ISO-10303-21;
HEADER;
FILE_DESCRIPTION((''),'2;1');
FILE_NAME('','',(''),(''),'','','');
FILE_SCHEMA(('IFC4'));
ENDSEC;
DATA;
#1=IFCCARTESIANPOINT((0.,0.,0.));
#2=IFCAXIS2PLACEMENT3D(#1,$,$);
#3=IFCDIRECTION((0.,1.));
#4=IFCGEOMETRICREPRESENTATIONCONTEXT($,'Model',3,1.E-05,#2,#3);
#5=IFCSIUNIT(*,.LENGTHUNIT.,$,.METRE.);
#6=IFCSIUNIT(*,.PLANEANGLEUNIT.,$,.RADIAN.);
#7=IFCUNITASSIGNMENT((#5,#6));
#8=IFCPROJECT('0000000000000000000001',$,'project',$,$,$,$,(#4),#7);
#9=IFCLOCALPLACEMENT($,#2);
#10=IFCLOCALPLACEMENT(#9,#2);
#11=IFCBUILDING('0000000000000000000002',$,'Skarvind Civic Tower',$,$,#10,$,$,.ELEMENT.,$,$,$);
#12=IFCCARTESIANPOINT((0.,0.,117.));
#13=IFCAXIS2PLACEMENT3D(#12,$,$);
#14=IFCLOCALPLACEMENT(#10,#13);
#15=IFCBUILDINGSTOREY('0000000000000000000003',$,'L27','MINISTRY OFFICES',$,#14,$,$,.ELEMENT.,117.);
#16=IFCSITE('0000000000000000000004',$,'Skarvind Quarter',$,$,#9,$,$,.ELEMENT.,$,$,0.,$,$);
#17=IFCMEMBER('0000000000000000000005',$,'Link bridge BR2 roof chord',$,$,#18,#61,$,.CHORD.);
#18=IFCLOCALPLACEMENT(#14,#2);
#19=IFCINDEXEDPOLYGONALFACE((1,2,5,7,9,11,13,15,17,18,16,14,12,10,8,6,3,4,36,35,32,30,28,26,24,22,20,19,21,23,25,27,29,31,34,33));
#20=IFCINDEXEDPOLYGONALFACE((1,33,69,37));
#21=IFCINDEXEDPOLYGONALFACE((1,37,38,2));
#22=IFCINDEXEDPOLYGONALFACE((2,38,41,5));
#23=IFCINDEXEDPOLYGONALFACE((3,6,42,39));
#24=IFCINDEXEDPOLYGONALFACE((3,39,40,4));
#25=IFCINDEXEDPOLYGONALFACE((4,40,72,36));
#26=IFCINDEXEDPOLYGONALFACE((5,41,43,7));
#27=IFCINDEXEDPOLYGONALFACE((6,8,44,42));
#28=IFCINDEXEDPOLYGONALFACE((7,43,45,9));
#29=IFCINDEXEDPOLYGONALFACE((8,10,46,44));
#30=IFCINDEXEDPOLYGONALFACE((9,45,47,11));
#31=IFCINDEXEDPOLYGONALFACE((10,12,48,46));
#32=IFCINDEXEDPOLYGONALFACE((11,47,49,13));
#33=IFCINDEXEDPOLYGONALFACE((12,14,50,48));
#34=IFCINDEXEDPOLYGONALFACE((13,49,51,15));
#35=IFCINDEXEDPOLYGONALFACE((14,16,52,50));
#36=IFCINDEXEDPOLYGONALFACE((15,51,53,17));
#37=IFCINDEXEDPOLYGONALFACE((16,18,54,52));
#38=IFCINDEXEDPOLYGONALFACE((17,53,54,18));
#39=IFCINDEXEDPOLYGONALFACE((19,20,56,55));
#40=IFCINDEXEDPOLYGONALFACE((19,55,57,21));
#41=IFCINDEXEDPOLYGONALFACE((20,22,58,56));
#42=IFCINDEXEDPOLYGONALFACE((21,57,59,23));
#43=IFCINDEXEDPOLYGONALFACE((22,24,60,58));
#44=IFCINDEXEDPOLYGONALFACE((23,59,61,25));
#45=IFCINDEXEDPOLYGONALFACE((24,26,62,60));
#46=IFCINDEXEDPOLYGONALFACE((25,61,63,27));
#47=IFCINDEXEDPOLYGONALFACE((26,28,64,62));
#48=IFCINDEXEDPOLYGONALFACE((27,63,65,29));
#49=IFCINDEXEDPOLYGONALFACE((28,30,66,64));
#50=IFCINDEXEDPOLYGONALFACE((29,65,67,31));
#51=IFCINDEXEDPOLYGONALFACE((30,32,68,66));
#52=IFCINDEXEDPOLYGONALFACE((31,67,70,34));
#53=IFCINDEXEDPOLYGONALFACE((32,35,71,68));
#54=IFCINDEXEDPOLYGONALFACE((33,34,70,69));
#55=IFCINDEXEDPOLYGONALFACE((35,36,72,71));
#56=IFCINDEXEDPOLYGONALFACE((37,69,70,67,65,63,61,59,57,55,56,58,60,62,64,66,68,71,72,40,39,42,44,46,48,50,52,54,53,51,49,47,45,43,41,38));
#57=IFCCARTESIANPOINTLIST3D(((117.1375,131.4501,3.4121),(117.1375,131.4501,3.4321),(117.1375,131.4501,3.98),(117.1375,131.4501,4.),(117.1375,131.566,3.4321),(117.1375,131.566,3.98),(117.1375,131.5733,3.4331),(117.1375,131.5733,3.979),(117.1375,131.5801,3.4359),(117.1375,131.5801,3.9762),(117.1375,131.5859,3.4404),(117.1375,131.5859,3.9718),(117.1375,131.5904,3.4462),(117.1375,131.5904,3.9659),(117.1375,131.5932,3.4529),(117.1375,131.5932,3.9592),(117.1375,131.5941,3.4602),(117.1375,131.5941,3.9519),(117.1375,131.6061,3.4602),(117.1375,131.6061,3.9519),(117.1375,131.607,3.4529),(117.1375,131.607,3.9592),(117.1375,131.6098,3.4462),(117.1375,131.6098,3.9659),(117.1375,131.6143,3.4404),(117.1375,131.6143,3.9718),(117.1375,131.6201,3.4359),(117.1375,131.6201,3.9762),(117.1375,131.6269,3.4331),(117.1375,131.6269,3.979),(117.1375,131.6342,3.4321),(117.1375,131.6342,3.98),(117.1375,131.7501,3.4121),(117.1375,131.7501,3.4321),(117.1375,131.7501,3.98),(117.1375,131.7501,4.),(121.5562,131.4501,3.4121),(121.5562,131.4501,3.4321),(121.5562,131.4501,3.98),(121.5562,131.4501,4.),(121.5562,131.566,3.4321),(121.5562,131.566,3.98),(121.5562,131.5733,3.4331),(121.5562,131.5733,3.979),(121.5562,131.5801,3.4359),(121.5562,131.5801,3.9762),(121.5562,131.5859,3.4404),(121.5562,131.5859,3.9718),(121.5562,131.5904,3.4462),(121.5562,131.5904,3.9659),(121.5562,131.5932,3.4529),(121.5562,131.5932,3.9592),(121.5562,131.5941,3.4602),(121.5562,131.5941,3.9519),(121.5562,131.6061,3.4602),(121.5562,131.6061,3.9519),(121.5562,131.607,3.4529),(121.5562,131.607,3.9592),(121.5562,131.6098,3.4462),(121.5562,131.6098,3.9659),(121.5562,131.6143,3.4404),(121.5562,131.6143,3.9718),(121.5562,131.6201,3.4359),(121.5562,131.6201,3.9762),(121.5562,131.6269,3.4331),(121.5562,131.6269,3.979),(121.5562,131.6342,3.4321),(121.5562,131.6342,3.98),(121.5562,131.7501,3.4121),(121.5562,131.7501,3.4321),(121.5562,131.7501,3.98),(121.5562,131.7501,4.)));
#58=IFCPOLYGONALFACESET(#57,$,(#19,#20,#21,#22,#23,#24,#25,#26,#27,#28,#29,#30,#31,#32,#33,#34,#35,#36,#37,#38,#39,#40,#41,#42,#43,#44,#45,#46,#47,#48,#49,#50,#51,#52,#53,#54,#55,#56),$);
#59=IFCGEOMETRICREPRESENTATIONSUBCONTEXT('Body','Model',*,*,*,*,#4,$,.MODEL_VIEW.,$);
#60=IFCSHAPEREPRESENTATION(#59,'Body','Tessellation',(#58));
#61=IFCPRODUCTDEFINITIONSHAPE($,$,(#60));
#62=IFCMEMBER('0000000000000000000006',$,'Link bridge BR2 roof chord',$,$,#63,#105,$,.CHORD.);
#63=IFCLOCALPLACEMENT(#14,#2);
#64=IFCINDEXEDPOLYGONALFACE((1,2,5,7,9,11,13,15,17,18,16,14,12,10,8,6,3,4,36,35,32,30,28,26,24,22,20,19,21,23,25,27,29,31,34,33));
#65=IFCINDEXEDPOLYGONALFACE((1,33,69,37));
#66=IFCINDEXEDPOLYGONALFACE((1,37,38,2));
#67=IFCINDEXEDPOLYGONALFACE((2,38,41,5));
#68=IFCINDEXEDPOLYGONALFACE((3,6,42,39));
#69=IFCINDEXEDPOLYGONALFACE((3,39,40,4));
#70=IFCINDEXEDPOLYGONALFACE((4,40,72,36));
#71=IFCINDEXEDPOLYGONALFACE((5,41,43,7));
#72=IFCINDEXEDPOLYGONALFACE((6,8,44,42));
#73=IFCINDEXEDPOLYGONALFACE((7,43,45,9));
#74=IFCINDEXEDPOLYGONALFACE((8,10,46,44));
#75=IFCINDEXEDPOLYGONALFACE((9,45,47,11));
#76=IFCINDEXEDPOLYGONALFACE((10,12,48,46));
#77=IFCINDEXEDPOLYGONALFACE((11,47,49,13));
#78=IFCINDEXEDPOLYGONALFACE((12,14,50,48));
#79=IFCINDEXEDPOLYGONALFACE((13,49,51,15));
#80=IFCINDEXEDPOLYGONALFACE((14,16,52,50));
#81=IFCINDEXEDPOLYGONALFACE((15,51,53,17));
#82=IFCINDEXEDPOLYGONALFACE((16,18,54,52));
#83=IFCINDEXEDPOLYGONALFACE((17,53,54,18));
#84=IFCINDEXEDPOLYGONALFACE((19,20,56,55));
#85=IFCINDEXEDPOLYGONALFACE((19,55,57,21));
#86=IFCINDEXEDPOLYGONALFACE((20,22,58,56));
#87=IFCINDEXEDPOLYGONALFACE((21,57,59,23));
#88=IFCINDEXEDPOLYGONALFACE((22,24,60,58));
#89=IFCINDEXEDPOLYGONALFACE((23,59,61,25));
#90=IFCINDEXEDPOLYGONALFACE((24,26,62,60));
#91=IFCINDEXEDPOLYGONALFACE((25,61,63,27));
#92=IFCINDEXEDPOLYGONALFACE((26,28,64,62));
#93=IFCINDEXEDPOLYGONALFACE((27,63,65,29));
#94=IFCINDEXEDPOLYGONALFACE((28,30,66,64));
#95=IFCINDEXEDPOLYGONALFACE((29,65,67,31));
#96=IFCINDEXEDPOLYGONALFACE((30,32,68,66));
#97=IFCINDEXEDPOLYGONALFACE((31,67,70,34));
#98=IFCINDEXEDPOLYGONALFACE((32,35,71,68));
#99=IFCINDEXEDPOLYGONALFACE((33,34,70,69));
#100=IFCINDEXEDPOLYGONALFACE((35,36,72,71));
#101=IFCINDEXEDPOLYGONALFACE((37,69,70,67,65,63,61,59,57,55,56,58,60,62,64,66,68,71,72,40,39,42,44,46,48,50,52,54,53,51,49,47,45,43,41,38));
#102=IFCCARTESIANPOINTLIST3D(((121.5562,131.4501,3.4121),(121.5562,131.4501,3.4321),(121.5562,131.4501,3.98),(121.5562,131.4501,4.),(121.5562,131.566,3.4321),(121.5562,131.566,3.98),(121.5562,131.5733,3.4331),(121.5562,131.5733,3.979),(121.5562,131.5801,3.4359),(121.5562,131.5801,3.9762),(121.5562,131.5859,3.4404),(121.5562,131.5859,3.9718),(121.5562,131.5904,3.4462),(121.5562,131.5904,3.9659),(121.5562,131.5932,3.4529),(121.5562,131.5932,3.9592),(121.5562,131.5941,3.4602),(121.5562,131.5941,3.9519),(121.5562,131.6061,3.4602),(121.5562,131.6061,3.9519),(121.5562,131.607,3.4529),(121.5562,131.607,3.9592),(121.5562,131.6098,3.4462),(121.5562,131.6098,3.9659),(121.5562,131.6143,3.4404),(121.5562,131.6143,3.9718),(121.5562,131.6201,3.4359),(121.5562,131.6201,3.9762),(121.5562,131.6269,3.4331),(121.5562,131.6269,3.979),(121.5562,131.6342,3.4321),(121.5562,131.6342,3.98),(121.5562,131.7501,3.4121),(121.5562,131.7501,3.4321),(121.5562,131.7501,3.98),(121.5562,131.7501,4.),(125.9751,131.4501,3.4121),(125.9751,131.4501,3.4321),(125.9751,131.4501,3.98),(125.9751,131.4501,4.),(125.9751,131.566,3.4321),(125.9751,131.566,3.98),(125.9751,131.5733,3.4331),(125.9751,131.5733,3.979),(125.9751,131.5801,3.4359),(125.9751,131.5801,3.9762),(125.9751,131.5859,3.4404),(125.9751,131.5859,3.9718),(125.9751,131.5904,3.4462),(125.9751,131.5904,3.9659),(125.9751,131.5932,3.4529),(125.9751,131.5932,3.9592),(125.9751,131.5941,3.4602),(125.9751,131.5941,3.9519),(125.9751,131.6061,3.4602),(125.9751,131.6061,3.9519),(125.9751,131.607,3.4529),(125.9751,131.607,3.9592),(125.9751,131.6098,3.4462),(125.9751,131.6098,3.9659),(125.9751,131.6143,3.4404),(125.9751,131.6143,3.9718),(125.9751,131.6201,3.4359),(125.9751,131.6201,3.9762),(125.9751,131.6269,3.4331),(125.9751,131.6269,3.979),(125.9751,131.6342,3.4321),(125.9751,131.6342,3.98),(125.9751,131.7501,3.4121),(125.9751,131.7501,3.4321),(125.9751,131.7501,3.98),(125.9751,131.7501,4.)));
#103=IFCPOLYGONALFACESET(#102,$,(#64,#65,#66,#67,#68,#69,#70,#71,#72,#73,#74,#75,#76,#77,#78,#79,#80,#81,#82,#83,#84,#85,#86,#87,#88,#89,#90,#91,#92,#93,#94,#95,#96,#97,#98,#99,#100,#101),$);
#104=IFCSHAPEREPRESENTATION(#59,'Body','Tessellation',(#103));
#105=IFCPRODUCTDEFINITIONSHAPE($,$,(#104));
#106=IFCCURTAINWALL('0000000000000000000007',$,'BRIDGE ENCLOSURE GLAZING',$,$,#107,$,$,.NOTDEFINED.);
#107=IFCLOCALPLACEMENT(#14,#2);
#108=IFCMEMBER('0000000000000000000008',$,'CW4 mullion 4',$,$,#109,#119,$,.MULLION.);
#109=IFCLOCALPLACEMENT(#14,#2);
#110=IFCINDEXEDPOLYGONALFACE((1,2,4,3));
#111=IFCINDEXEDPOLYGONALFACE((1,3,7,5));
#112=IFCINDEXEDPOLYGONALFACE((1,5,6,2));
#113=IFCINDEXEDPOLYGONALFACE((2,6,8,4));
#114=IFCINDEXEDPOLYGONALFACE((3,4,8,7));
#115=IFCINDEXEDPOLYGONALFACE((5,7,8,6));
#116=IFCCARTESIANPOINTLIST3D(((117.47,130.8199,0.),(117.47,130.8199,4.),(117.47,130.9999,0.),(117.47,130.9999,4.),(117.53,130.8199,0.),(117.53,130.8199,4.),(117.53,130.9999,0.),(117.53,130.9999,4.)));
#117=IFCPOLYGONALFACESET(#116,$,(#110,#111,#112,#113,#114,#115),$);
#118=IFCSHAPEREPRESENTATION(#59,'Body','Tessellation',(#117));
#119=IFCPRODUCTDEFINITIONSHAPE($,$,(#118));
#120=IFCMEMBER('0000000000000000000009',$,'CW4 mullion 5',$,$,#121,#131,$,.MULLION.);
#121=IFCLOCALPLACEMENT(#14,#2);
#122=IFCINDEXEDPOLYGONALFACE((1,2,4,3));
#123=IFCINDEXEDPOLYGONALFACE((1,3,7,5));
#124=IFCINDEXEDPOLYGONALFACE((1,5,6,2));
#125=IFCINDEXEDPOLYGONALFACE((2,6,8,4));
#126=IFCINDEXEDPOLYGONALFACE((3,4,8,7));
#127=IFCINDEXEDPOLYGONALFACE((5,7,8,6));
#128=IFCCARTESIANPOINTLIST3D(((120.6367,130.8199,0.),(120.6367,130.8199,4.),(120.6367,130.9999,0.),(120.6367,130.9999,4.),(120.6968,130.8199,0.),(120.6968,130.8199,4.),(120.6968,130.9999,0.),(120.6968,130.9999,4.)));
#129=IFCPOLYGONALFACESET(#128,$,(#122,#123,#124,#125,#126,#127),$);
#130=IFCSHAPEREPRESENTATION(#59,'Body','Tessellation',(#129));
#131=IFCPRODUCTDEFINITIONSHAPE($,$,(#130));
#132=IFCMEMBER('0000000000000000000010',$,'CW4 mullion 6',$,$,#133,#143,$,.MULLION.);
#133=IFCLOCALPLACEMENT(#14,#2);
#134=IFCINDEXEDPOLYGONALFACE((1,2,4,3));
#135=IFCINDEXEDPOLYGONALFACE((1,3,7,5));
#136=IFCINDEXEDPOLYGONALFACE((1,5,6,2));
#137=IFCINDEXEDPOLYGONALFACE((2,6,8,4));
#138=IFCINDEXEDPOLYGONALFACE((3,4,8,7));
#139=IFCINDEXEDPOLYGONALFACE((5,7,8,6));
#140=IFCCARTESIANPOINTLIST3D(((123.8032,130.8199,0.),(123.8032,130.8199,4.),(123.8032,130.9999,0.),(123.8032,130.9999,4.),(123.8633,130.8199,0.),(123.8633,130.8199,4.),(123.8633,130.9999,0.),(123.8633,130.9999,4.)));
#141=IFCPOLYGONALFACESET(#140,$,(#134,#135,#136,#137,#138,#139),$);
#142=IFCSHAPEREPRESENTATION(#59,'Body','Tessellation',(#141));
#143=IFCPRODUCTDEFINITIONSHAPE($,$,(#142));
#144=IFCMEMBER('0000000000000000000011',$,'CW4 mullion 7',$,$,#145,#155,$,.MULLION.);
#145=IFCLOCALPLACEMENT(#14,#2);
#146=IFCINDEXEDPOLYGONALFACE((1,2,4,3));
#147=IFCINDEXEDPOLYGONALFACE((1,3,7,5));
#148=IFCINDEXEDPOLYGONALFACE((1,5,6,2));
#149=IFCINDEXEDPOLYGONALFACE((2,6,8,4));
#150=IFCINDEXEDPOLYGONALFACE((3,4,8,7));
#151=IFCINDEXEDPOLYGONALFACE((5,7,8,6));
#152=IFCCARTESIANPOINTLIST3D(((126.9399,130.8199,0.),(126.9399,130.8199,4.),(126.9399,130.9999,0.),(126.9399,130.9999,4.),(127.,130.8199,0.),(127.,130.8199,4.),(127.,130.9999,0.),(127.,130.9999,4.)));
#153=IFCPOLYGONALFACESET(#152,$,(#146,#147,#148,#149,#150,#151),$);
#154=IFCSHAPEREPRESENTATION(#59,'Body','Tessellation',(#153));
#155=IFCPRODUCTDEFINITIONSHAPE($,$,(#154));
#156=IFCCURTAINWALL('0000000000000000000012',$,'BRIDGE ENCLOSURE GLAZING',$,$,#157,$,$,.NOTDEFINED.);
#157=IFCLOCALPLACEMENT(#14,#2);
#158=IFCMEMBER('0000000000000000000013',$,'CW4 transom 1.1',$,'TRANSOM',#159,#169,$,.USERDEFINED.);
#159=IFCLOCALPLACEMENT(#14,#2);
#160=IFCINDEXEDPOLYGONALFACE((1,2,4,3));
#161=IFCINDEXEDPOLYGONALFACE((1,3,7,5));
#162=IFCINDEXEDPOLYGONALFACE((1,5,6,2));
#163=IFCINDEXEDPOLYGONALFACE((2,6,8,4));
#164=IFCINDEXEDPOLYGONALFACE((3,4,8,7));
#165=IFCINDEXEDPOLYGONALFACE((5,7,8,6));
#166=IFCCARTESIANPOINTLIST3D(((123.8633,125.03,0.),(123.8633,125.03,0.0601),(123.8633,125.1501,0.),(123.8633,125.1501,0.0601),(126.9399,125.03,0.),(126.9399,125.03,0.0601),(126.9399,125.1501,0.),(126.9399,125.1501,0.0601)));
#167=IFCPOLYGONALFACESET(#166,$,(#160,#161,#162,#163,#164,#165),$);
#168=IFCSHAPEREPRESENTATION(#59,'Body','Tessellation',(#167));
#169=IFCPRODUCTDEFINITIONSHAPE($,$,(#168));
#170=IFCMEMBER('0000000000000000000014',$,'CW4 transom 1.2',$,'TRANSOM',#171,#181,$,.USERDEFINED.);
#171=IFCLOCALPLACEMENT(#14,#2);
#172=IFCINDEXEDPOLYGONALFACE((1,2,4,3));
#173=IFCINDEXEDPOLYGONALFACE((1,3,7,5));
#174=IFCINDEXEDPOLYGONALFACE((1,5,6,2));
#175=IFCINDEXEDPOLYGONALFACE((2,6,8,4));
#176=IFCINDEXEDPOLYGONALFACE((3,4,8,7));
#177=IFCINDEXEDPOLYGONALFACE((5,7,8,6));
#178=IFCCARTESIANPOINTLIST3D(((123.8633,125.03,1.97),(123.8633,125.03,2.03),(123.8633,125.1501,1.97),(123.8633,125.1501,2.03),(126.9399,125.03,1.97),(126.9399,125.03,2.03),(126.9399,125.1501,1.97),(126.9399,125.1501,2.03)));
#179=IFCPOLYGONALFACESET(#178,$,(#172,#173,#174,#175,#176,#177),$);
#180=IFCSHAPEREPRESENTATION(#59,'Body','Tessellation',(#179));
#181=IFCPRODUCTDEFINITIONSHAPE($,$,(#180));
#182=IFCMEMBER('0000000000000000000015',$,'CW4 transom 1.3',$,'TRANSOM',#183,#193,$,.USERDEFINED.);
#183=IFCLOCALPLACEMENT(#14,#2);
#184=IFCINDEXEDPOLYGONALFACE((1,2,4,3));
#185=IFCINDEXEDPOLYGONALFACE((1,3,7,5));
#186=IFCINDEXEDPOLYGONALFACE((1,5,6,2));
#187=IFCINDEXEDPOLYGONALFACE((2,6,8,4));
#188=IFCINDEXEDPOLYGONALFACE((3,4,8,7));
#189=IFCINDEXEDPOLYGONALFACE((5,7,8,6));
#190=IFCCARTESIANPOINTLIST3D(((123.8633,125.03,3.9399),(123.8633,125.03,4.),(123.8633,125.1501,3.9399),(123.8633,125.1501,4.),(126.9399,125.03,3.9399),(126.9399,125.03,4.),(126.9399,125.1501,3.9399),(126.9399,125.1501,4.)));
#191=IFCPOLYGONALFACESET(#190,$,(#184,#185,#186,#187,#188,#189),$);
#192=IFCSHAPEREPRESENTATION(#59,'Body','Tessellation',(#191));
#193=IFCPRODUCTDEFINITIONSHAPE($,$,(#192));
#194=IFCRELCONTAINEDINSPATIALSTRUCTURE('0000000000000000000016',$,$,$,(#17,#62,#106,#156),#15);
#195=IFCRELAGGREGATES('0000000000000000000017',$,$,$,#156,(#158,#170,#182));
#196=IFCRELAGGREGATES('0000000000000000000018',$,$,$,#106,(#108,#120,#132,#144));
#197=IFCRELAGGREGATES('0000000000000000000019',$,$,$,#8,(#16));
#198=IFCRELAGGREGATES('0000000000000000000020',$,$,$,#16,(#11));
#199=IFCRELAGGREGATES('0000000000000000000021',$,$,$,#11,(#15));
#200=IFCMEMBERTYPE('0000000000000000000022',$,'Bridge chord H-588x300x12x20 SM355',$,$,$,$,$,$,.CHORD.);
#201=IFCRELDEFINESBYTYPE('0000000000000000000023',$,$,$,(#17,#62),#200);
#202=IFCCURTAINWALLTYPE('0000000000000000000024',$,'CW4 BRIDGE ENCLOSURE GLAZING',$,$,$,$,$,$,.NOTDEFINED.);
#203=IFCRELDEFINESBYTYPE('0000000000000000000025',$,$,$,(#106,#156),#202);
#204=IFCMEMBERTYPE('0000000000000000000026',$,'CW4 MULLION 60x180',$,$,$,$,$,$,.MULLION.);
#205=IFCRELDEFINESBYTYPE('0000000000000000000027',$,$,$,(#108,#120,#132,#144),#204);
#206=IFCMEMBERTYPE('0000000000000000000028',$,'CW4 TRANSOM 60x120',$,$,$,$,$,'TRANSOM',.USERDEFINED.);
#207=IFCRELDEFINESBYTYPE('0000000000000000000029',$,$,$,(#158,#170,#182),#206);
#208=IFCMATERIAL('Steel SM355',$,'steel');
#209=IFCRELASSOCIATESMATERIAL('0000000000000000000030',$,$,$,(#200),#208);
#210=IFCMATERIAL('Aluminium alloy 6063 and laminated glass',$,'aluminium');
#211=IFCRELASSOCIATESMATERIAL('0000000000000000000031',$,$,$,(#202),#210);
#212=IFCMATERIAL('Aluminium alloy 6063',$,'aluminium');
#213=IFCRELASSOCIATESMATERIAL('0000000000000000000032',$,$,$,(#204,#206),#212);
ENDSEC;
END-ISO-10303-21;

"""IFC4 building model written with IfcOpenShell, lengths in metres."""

from ifc_helpers import new_model, si_unit, direction, frame, origin, origin_2d, place, context, subcontext, project, spatial, rectangle, i_section, extrude, material, material_profile, profile_set, type_object, element, aggregate, save


model = new_model("IFC4")

# Units and contexts
model_context = context("Model", 3, precision=1e-05, world=origin(), true_north=direction((0.0, 1.0)))
body_context = subcontext(model_context, "Body", "Model", "MODEL_VIEW")
ifc_project = project(units=[si_unit("LENGTHUNIT", "METRE"), si_unit("PLANEANGLEUNIT", "RADIAN")], contexts=[model_context])

# Site, building, storey
site_placement = place(None, origin())
site = spatial("IfcSite", under=ifc_project, at=site_placement, Name="Skarvind Quarter", CompositionType="ELEMENT", RefElevation=0.0)
building_placement = place(site_placement, origin())
building = spatial("IfcBuilding", under=site, at=building_placement, Name="Skarvind Civic Tower", CompositionType="ELEMENT")
storey_placement = place(building_placement, frame((0.0, 0.0, 117.0)))
storey = spatial("IfcBuildingStorey", under=building, at=storey_placement, Name="L27", Description="MINISTRY OFFICES", CompositionType="ELEMENT", Elevation=117.0)

# Members
ifc_material_1 = material(Name="Steel SM355", Category="steel")
ifc_material_profile_1 = material_profile(ifc_material_1, i_section(OverallWidth=0.3, OverallDepth=0.5879, WebThickness=0.012, FlangeThickness=0.02, FilletRadius=0.0281, at=origin_2d()), Name="H-588x300x12x20")
ifc_profile_set_1 = profile_set([ifc_material_profile_1], Name="Steel SM355")
member_type_1 = type_object("IfcMemberType", Name="Bridge chord H-588x300x12x20 SM355", PredefinedType="CHORD", material=ifc_profile_set_1)
member_1_placement = place(storey_placement, frame((117.1375, 131.6001, 3.7061), z_axis=(1.0, 0.0, 0.0), x_axis=(0.0, 1.0, 0.0)))
element("IfcMember", 1, at=member_1_placement, inside=storey, type_object=member_type_1, Name="Link bridge BR2 roof chord", PredefinedType="CHORD", context=body_context, shape_type="SweptSolid", body=[
    extrude(i_section(OverallWidth=0.3, OverallDepth=0.5879, WebThickness=0.012, FlangeThickness=0.02, FilletRadius=0.0281, at=origin_2d()), origin(), (0.0, 0.0, 1.0), 4.4187),
])
member_2_placement = place(storey_placement, frame((121.5562, 131.6001, 3.7061), z_axis=(1.0, 0.0, 0.0), x_axis=(0.0, 1.0, 0.0)))
element("IfcMember", 2, at=member_2_placement, inside=storey, type_object=member_type_1, Name="Link bridge BR2 roof chord", PredefinedType="CHORD", context=body_context, shape_type="SweptSolid", body=[
    extrude(i_section(OverallWidth=0.3, OverallDepth=0.5879, WebThickness=0.012, FlangeThickness=0.02, FilletRadius=0.0281, at=origin_2d()), origin(), (0.0, 0.0, 1.0), 4.4189),
])

# Curtain walls, members
ifc_material_2 = material(Name="Aluminium alloy 6063 and laminated glass", Category="aluminium")
curtain_wall_type = type_object("IfcCurtainWallType", Name="CW4 BRIDGE ENCLOSURE GLAZING", PredefinedType="NOTDEFINED", material=ifc_material_2)
curtain_wall_1_placement = place(storey_placement, origin())
curtain_wall_1 = element("IfcCurtainWall", 3, at=curtain_wall_1_placement, inside=storey, type_object=curtain_wall_type, Name="BRIDGE ENCLOSURE GLAZING", PredefinedType="NOTDEFINED")
ifc_material_3 = material(Name="Aluminium alloy 6063", Category="aluminium")
ifc_material_profile_2 = material_profile(ifc_material_3, rectangle(XDim=0.1799, YDim=0.0601, at=origin_2d()), Name="AL 60x180")
ifc_profile_set_2 = profile_set([ifc_material_profile_2], Name="Aluminium alloy 6063")
member_type_2 = type_object("IfcMemberType", Name="CW4 MULLION 60x180", PredefinedType="MULLION", material=ifc_profile_set_2)
member_3_placement = place(storey_placement, frame((117.5, 130.9099, 0.0), z_axis=(0.0, 0.0, 1.0), x_axis=(0.0, 1.0, 0.0)))
member_3 = element("IfcMember", 4, at=member_3_placement, type_object=member_type_2, Name="CW4 mullion 4", PredefinedType="MULLION", context=body_context, shape_type="SweptSolid", body=[
    extrude(rectangle(XDim=0.1799, YDim=0.0601, at=origin_2d()), origin(), (0.0, 0.0, 1.0), 4.0),
])
member_4_placement = place(storey_placement, frame((120.6667, 130.9099, 0.0), z_axis=(0.0, 0.0, 1.0), x_axis=(0.0, 1.0, 0.0)))
member_4 = element("IfcMember", 5, at=member_4_placement, type_object=member_type_2, Name="CW4 mullion 5", PredefinedType="MULLION", context=body_context, shape_type="SweptSolid", body=[
    extrude(rectangle(XDim=0.1799, YDim=0.0601, at=origin_2d()), origin(), (0.0, 0.0, 1.0), 4.0),
])
member_5_placement = place(storey_placement, frame((123.8333, 130.9099, 0.0), z_axis=(0.0, 0.0, 1.0), x_axis=(0.0, 1.0, 0.0)))
member_5 = element("IfcMember", 6, at=member_5_placement, type_object=member_type_2, Name="CW4 mullion 6", PredefinedType="MULLION", context=body_context, shape_type="SweptSolid", body=[
    extrude(rectangle(XDim=0.1799, YDim=0.0601, at=origin_2d()), origin(), (0.0, 0.0, 1.0), 4.0),
])
member_6_placement = place(storey_placement, frame((126.97, 130.9099, 0.0), z_axis=(0.0, 0.0, 1.0), x_axis=(0.0, 1.0, 0.0)))
member_6 = element("IfcMember", 7, at=member_6_placement, type_object=member_type_2, Name="CW4 mullion 7", PredefinedType="MULLION", context=body_context, shape_type="SweptSolid", body=[
    extrude(rectangle(XDim=0.1799, YDim=0.0601, at=origin_2d()), origin(), (0.0, 0.0, 1.0), 4.0),
])
curtain_wall_2_placement = place(storey_placement, origin())
curtain_wall_2 = element("IfcCurtainWall", 8, at=curtain_wall_2_placement, inside=storey, type_object=curtain_wall_type, Name="BRIDGE ENCLOSURE GLAZING", PredefinedType="NOTDEFINED")
ifc_material_profile_3 = material_profile(ifc_material_3, rectangle(XDim=0.1201, YDim=0.0601, at=origin_2d()), Name="AL 60x120")
ifc_profile_set_3 = profile_set([ifc_material_profile_3], Name="Aluminium alloy 6063")
member_type_3 = type_object("IfcMemberType", Name="CW4 TRANSOM 60x120", ElementType="TRANSOM", PredefinedType="USERDEFINED", material=ifc_profile_set_3)
member_7_placement = place(storey_placement, frame((126.9399, 125.0901, 0.03), z_axis=(-1.0, 0.0, 0.0), x_axis=(0.0, -1.0, 0.0)))
member_7 = element("IfcMember", 9, at=member_7_placement, type_object=member_type_3, Name="CW4 transom 1.1", ObjectType="TRANSOM", PredefinedType="USERDEFINED", context=body_context, shape_type="SweptSolid", body=[
    extrude(rectangle(XDim=0.1201, YDim=0.0601, at=origin_2d()), origin(), (0.0, 0.0, 1.0), 3.0767),
])
member_8_placement = place(storey_placement, frame((126.9399, 125.0901, 2.0), z_axis=(-1.0, 0.0, 0.0), x_axis=(0.0, -1.0, 0.0)))
member_8 = element("IfcMember", 10, at=member_8_placement, type_object=member_type_3, Name="CW4 transom 1.2", ObjectType="TRANSOM", PredefinedType="USERDEFINED", context=body_context, shape_type="SweptSolid", body=[
    extrude(rectangle(XDim=0.1201, YDim=0.0601, at=origin_2d()), origin(), (0.0, 0.0, 1.0), 3.0767),
])
member_9_placement = place(storey_placement, frame((126.9399, 125.0901, 3.97), z_axis=(-1.0, 0.0, 0.0), x_axis=(0.0, -1.0, 0.0)))
member_9 = element("IfcMember", 11, at=member_9_placement, type_object=member_type_3, Name="CW4 transom 1.3", ObjectType="TRANSOM", PredefinedType="USERDEFINED", context=body_context, shape_type="SweptSolid", body=[
    extrude(rectangle(XDim=0.1201, YDim=0.0601, at=origin_2d()), origin(), (0.0, 0.0, 1.0), 3.0767),
])

aggregate(curtain_wall_2, [member_7, member_8, member_9])
aggregate(curtain_wall_1, [member_3, member_4, member_5, member_6])

save(model, "model.ifc")
